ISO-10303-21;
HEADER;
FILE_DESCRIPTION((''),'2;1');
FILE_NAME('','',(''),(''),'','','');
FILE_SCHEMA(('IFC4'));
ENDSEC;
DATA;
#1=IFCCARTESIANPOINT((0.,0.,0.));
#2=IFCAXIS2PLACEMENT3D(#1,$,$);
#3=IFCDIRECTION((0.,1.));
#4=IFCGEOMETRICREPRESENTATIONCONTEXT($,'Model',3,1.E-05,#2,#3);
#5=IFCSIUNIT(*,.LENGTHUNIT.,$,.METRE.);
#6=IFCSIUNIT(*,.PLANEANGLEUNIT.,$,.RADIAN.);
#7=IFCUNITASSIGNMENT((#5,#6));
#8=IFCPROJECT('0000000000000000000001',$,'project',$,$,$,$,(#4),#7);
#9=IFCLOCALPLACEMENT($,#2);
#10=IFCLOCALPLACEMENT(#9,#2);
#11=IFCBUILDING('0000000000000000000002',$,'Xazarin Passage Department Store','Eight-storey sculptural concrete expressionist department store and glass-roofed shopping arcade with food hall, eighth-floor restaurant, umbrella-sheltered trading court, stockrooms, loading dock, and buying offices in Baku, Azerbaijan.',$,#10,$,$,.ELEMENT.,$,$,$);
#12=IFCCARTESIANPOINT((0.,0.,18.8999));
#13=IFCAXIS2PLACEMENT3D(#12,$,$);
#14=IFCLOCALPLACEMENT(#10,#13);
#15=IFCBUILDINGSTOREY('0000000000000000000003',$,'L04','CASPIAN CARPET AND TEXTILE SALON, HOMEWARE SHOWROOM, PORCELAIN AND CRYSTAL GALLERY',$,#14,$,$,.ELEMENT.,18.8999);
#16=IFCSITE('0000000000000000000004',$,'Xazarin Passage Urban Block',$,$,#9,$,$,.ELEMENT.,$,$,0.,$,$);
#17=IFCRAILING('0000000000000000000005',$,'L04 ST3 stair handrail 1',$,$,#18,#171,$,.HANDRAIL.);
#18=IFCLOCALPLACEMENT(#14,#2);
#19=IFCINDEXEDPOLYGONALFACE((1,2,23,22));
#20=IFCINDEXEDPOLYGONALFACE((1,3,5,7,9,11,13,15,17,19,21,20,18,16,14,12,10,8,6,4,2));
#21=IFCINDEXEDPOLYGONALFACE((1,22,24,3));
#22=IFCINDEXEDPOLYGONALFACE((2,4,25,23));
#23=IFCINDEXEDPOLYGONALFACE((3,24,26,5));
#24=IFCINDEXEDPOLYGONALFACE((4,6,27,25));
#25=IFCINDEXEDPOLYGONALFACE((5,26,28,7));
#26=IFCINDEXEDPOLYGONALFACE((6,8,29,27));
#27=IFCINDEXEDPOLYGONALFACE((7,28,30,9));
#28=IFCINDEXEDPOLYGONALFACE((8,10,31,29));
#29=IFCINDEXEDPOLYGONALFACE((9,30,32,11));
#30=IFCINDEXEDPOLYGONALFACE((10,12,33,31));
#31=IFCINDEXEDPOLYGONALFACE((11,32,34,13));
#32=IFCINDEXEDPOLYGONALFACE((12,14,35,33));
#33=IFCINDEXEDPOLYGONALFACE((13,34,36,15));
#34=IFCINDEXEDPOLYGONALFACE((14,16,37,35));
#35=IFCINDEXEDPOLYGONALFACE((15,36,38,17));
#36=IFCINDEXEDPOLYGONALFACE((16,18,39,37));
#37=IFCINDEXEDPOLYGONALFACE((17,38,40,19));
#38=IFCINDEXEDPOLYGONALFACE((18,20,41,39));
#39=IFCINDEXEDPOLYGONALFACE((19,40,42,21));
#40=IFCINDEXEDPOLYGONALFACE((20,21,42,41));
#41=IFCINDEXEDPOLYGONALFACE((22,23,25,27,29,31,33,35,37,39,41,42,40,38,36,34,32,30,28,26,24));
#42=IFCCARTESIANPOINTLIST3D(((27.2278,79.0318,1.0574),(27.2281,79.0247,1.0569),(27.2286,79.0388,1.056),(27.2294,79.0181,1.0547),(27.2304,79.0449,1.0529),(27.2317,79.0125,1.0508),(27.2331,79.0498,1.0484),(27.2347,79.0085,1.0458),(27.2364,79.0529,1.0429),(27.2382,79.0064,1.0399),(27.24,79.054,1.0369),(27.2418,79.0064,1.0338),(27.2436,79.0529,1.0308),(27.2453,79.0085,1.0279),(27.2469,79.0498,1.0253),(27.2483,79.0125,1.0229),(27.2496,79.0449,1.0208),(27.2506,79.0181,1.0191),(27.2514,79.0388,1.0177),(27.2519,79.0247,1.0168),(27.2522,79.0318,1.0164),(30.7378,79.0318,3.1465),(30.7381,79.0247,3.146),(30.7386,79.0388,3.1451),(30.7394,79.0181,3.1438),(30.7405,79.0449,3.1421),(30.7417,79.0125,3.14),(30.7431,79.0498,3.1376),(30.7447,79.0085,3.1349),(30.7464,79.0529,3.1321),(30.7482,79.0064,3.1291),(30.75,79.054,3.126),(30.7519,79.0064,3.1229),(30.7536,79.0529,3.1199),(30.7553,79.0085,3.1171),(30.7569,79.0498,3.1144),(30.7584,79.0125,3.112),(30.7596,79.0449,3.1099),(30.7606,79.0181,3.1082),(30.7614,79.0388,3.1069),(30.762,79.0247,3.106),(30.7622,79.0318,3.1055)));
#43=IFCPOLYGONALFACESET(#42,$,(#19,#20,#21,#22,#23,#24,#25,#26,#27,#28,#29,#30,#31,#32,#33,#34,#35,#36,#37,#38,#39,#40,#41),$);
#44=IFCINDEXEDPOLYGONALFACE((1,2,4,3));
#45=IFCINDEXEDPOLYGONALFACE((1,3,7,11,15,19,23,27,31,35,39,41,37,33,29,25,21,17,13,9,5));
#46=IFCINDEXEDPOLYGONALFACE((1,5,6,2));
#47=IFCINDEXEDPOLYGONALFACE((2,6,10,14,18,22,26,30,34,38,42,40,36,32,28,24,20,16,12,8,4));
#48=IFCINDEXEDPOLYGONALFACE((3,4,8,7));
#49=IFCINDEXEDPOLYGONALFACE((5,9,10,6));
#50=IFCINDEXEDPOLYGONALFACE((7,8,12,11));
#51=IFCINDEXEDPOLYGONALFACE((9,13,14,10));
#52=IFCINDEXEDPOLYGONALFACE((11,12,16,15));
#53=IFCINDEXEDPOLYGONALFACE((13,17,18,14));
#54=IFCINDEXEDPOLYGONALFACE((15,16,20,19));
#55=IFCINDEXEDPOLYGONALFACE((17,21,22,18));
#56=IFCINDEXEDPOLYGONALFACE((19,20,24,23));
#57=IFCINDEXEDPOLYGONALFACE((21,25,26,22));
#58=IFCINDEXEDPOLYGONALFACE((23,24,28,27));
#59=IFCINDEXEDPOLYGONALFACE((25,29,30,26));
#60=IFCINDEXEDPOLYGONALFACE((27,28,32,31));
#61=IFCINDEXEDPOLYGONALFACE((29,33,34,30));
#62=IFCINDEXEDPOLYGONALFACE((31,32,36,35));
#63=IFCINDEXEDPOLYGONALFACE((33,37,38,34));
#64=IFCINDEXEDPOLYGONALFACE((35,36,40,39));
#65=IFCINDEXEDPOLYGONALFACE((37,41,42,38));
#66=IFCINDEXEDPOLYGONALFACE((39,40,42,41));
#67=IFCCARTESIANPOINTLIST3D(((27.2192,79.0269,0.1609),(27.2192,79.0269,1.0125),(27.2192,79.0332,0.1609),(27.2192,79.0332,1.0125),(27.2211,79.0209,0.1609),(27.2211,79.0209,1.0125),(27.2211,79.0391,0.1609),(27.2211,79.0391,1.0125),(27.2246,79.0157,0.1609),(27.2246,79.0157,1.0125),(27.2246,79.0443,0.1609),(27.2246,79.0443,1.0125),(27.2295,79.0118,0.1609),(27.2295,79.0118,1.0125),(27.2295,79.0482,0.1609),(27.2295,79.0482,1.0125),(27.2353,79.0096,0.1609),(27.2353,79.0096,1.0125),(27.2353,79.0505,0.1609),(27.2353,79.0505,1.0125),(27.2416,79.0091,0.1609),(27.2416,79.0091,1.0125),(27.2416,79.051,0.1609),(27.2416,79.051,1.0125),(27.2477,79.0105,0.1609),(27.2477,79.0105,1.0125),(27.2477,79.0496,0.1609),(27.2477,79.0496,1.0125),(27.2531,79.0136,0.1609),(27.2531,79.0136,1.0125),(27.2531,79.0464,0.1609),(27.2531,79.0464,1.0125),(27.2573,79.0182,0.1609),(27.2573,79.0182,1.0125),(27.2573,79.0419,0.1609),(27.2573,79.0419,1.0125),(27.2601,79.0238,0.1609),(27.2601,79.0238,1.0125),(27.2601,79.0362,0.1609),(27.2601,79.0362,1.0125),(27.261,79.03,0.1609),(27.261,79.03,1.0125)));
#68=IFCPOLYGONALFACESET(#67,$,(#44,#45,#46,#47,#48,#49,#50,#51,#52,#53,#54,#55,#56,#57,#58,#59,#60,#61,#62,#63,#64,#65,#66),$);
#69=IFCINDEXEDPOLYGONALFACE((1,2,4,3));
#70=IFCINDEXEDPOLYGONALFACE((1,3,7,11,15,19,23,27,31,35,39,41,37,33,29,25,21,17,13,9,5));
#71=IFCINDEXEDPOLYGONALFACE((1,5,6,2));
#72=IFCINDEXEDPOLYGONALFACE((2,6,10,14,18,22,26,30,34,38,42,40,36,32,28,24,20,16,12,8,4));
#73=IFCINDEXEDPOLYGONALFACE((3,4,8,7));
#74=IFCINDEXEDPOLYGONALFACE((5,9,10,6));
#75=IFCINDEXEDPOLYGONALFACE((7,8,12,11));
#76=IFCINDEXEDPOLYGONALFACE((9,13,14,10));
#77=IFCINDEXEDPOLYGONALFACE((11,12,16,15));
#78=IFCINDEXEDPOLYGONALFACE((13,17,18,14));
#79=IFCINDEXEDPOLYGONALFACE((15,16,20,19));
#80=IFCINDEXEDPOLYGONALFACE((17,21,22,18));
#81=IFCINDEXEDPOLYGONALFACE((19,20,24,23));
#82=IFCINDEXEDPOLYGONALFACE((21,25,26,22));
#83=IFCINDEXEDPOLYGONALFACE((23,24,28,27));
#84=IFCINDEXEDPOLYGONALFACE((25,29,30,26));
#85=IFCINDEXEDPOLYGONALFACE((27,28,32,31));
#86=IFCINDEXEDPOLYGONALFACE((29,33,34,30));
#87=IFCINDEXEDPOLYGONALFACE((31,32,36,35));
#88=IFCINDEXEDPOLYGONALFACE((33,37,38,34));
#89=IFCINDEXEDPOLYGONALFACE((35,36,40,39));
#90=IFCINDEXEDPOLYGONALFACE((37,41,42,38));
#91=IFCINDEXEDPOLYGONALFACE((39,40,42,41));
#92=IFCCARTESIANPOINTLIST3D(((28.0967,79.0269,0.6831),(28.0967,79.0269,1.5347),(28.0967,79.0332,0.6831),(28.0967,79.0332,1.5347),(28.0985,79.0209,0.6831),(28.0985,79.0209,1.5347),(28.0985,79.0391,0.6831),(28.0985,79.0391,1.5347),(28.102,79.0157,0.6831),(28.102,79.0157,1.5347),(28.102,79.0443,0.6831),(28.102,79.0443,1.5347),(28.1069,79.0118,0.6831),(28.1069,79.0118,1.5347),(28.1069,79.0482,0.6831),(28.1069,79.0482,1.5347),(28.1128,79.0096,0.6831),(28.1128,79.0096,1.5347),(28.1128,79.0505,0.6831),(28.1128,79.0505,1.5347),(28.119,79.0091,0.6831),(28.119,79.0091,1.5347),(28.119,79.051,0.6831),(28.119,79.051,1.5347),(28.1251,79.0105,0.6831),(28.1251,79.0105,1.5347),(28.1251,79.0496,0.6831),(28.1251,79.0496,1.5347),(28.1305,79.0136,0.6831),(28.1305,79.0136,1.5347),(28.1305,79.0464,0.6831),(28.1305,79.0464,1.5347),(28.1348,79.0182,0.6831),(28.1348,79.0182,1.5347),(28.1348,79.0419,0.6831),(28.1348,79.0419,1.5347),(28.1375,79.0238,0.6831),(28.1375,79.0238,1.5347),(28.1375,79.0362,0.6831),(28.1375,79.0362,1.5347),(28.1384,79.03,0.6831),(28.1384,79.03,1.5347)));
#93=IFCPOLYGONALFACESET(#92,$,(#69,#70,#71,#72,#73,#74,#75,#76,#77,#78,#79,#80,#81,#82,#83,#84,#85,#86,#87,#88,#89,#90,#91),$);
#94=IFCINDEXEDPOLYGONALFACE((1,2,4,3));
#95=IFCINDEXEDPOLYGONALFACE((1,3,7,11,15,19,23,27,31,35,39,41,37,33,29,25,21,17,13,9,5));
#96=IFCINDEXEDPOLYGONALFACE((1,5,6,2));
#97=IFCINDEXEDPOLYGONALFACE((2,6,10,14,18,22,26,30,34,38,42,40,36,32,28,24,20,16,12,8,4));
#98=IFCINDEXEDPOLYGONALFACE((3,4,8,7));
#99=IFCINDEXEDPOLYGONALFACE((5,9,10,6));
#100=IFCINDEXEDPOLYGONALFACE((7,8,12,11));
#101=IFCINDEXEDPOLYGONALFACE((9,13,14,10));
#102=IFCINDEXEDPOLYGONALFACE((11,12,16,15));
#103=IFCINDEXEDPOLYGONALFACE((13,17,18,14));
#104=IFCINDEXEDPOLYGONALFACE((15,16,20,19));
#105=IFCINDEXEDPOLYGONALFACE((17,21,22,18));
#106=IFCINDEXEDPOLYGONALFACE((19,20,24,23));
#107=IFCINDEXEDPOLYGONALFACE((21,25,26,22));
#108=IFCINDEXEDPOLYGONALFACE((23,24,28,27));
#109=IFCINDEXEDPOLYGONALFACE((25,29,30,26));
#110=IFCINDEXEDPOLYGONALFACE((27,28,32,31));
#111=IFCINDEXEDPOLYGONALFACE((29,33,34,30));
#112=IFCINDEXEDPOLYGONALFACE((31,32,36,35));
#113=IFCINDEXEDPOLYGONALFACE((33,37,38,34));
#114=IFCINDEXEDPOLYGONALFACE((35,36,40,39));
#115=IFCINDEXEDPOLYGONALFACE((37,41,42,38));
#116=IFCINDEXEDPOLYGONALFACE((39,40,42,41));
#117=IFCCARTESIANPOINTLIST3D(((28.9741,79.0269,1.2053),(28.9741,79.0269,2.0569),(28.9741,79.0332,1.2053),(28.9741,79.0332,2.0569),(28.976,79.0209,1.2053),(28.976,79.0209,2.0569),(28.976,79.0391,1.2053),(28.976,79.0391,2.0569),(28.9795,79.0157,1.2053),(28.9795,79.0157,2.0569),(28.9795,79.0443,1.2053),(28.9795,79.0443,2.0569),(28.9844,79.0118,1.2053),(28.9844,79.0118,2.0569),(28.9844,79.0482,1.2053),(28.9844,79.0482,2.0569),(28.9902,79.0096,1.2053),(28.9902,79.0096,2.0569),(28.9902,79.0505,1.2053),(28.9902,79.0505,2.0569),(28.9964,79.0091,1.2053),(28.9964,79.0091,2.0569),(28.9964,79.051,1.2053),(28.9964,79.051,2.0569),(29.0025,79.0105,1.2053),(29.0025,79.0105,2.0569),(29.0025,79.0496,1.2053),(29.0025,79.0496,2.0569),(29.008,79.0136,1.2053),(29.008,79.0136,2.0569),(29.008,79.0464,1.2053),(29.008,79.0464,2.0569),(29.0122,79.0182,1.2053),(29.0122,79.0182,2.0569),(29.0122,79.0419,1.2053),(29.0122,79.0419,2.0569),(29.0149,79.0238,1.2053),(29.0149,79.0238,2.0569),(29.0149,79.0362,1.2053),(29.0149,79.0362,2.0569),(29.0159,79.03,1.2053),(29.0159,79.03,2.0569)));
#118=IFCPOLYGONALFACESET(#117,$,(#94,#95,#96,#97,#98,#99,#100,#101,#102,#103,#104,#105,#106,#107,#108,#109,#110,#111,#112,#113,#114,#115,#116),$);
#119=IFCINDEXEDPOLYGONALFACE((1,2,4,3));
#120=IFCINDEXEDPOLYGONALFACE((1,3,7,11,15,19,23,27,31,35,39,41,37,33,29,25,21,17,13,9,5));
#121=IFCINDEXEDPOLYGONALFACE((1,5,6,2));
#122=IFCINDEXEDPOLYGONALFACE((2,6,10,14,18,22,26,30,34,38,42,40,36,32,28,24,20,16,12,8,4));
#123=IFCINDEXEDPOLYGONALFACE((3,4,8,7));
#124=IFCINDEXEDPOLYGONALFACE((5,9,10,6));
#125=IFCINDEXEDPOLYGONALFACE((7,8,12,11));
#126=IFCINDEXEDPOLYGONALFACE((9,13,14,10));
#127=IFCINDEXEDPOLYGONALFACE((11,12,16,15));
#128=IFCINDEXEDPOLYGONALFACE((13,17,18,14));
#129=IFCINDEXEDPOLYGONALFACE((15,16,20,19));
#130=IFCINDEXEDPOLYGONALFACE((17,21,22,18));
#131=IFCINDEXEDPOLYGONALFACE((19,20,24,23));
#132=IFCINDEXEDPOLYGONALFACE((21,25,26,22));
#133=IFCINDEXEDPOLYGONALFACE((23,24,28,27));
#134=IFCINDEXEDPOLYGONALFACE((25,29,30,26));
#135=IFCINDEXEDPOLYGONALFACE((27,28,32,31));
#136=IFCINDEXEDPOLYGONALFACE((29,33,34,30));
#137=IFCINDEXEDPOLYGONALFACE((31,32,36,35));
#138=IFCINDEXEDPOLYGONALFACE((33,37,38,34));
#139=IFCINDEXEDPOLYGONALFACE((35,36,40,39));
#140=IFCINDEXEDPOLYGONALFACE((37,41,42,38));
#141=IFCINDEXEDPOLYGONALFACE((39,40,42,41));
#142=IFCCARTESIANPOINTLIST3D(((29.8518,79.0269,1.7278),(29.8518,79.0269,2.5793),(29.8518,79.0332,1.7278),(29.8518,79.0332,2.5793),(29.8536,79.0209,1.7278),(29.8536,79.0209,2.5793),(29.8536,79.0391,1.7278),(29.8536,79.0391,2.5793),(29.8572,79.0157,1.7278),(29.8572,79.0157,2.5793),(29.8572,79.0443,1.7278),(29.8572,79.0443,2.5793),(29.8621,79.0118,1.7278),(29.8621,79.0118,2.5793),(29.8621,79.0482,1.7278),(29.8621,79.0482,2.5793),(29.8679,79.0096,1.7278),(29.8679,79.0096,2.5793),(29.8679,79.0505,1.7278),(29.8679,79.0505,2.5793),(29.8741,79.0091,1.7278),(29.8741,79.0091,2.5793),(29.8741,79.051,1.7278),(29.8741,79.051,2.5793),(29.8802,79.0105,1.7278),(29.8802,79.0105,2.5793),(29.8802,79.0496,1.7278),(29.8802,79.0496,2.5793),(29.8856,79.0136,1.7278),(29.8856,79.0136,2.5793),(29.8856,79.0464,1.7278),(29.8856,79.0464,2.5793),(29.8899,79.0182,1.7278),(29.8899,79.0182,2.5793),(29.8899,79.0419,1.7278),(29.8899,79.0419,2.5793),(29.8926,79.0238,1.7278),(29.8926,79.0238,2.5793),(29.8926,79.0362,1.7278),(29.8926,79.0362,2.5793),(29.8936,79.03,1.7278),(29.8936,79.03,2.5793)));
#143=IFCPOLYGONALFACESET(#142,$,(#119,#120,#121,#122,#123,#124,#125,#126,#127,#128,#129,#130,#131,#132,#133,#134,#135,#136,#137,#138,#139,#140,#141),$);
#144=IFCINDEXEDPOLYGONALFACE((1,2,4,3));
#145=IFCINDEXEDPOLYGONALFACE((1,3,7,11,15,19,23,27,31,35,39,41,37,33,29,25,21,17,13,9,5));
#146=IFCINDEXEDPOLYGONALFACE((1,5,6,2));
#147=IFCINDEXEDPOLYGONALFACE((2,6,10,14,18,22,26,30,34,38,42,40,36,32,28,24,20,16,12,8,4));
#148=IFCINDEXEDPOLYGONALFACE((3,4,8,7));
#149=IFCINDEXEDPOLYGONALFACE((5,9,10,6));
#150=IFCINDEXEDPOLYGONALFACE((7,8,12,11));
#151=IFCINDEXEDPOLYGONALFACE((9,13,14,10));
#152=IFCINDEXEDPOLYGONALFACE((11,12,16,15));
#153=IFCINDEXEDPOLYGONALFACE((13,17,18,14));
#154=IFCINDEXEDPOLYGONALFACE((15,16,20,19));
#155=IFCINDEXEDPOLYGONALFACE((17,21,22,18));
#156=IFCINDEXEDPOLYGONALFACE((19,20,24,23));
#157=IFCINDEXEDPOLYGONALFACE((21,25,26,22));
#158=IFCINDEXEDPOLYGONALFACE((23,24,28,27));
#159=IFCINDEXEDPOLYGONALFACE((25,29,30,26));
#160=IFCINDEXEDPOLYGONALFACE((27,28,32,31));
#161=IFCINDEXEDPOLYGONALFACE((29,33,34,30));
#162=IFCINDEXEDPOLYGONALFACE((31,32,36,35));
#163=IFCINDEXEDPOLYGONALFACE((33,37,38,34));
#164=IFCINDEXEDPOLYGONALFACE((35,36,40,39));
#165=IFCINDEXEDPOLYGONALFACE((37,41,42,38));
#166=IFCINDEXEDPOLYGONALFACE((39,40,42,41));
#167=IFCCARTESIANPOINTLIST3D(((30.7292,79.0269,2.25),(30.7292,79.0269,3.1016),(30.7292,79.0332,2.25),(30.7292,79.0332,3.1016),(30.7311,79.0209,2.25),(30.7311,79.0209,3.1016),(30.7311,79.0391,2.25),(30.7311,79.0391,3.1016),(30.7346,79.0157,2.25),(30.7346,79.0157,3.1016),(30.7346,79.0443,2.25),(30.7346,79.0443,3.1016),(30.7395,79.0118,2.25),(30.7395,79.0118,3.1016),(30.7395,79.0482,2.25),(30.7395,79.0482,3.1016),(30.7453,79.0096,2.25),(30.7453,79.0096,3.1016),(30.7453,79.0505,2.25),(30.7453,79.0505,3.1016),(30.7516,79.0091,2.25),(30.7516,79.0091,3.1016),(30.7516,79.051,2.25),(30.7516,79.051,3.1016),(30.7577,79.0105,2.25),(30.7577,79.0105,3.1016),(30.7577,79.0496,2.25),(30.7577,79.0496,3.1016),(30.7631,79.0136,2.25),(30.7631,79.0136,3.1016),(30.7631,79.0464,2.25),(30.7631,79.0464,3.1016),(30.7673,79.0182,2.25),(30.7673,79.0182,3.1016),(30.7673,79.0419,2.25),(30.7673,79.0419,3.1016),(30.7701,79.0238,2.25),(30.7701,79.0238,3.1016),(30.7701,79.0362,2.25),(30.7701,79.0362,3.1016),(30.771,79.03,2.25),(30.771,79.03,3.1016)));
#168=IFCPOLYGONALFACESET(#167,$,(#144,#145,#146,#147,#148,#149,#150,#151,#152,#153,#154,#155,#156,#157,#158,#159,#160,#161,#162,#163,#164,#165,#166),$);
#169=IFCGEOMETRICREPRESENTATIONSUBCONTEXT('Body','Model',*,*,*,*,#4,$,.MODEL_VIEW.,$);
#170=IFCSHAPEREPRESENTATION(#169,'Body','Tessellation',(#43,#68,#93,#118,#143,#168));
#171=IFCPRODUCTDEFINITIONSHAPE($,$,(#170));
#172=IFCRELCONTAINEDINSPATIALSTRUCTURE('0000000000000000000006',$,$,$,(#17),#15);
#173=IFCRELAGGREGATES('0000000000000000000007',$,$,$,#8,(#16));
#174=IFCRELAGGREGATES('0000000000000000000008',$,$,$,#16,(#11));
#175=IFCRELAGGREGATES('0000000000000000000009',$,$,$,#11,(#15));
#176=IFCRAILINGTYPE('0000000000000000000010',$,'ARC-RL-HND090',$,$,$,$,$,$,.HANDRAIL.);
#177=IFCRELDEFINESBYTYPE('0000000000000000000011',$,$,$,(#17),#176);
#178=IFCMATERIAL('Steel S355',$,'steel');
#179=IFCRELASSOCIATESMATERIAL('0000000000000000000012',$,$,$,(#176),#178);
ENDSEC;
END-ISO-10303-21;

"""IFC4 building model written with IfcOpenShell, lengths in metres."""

from ifc_helpers import new_model, si_unit, direction, frame, origin, origin_2d, place, context, subcontext, project, spatial, circle, extrude, material, type_object, element, save


model = new_model("IFC4")

# Units and contexts
model_context = context("Model", 3, precision=1e-05, world=origin(), true_north=direction((0.0, 1.0)))
body_context = subcontext(model_context, "Body", "Model", "MODEL_VIEW")
ifc_project = project(units=[si_unit("LENGTHUNIT", "METRE"), si_unit("PLANEANGLEUNIT", "RADIAN")], contexts=[model_context])

# Site, building, storey
site_placement = place(None, origin())
site = spatial("IfcSite", under=ifc_project, at=site_placement, Name="Xazarin Passage Urban Block", CompositionType="ELEMENT", RefElevation=0.0)
building_placement = place(site_placement, origin())
building = spatial("IfcBuilding", under=site, at=building_placement, Name="Xazarin Passage Department Store", Description="Eight-storey sculptural concrete expressionist department store and glass-roofed shopping arcade with food hall, eighth-floor restaurant, umbrella-sheltered trading court, stockrooms, loading dock, and buying offices in Baku, Azerbaijan.", CompositionType="ELEMENT")
storey_placement = place(building_placement, frame((0.0, 0.0, 18.8999)))
storey = spatial("IfcBuildingStorey", under=building, at=storey_placement, Name="L04", Description="CASPIAN CARPET AND TEXTILE SALON, HOMEWARE SHOWROOM, PORCELAIN AND CRYSTAL GALLERY", CompositionType="ELEMENT", Elevation=18.8999)

# Shared definitions
ifc_material_1 = material(Name="Steel S355", Category="steel")

# Railing
railing_type_1 = type_object("IfcRailingType", Name="ARC-RL-HND090", PredefinedType="HANDRAIL", material=ifc_material_1)
railing_1_placement = place(storey_placement, frame((27.24, 79.03, 0.1609)))
element("IfcRailing", 1, at=railing_1_placement, inside=storey, type_object=railing_type_1, Name="L04 ST3 stair handrail 1", PredefinedType="HANDRAIL", context=body_context, shape_type="SweptSolid", body=[
    extrude(circle(Radius=0.0239, at=origin_2d()), frame((0.0, 0.0, 0.876), z_axis=(0.859312, 0.0, 0.511451), x_axis=(0.0, 1.0, 0.0)), (0.0, 0.0, 1.0), 4.0847),
    extrude(circle(Radius=0.021, at=origin_2d()), origin(), (0.0, 0.0, 1.0), 0.8516),
    extrude(circle(Radius=0.021, at=origin_2d()), frame((0.8774, 0.0, 0.5222)), (0.0, 0.0, 1.0), 0.8516),
    extrude(circle(Radius=0.021, at=origin_2d()), frame((1.7549, 0.0, 1.0444)), (0.0, 0.0, 1.0), 0.8516),
    extrude(circle(Radius=0.021, at=origin_2d()), frame((2.6326, 0.0, 1.5669)), (0.0, 0.0, 1.0), 0.8516),
    extrude(circle(Radius=0.021, at=origin_2d()), frame((3.51, 0.0, 2.0891)), (0.0, 0.0, 1.0), 0.8516),
])

save(model, "model.ifc")
